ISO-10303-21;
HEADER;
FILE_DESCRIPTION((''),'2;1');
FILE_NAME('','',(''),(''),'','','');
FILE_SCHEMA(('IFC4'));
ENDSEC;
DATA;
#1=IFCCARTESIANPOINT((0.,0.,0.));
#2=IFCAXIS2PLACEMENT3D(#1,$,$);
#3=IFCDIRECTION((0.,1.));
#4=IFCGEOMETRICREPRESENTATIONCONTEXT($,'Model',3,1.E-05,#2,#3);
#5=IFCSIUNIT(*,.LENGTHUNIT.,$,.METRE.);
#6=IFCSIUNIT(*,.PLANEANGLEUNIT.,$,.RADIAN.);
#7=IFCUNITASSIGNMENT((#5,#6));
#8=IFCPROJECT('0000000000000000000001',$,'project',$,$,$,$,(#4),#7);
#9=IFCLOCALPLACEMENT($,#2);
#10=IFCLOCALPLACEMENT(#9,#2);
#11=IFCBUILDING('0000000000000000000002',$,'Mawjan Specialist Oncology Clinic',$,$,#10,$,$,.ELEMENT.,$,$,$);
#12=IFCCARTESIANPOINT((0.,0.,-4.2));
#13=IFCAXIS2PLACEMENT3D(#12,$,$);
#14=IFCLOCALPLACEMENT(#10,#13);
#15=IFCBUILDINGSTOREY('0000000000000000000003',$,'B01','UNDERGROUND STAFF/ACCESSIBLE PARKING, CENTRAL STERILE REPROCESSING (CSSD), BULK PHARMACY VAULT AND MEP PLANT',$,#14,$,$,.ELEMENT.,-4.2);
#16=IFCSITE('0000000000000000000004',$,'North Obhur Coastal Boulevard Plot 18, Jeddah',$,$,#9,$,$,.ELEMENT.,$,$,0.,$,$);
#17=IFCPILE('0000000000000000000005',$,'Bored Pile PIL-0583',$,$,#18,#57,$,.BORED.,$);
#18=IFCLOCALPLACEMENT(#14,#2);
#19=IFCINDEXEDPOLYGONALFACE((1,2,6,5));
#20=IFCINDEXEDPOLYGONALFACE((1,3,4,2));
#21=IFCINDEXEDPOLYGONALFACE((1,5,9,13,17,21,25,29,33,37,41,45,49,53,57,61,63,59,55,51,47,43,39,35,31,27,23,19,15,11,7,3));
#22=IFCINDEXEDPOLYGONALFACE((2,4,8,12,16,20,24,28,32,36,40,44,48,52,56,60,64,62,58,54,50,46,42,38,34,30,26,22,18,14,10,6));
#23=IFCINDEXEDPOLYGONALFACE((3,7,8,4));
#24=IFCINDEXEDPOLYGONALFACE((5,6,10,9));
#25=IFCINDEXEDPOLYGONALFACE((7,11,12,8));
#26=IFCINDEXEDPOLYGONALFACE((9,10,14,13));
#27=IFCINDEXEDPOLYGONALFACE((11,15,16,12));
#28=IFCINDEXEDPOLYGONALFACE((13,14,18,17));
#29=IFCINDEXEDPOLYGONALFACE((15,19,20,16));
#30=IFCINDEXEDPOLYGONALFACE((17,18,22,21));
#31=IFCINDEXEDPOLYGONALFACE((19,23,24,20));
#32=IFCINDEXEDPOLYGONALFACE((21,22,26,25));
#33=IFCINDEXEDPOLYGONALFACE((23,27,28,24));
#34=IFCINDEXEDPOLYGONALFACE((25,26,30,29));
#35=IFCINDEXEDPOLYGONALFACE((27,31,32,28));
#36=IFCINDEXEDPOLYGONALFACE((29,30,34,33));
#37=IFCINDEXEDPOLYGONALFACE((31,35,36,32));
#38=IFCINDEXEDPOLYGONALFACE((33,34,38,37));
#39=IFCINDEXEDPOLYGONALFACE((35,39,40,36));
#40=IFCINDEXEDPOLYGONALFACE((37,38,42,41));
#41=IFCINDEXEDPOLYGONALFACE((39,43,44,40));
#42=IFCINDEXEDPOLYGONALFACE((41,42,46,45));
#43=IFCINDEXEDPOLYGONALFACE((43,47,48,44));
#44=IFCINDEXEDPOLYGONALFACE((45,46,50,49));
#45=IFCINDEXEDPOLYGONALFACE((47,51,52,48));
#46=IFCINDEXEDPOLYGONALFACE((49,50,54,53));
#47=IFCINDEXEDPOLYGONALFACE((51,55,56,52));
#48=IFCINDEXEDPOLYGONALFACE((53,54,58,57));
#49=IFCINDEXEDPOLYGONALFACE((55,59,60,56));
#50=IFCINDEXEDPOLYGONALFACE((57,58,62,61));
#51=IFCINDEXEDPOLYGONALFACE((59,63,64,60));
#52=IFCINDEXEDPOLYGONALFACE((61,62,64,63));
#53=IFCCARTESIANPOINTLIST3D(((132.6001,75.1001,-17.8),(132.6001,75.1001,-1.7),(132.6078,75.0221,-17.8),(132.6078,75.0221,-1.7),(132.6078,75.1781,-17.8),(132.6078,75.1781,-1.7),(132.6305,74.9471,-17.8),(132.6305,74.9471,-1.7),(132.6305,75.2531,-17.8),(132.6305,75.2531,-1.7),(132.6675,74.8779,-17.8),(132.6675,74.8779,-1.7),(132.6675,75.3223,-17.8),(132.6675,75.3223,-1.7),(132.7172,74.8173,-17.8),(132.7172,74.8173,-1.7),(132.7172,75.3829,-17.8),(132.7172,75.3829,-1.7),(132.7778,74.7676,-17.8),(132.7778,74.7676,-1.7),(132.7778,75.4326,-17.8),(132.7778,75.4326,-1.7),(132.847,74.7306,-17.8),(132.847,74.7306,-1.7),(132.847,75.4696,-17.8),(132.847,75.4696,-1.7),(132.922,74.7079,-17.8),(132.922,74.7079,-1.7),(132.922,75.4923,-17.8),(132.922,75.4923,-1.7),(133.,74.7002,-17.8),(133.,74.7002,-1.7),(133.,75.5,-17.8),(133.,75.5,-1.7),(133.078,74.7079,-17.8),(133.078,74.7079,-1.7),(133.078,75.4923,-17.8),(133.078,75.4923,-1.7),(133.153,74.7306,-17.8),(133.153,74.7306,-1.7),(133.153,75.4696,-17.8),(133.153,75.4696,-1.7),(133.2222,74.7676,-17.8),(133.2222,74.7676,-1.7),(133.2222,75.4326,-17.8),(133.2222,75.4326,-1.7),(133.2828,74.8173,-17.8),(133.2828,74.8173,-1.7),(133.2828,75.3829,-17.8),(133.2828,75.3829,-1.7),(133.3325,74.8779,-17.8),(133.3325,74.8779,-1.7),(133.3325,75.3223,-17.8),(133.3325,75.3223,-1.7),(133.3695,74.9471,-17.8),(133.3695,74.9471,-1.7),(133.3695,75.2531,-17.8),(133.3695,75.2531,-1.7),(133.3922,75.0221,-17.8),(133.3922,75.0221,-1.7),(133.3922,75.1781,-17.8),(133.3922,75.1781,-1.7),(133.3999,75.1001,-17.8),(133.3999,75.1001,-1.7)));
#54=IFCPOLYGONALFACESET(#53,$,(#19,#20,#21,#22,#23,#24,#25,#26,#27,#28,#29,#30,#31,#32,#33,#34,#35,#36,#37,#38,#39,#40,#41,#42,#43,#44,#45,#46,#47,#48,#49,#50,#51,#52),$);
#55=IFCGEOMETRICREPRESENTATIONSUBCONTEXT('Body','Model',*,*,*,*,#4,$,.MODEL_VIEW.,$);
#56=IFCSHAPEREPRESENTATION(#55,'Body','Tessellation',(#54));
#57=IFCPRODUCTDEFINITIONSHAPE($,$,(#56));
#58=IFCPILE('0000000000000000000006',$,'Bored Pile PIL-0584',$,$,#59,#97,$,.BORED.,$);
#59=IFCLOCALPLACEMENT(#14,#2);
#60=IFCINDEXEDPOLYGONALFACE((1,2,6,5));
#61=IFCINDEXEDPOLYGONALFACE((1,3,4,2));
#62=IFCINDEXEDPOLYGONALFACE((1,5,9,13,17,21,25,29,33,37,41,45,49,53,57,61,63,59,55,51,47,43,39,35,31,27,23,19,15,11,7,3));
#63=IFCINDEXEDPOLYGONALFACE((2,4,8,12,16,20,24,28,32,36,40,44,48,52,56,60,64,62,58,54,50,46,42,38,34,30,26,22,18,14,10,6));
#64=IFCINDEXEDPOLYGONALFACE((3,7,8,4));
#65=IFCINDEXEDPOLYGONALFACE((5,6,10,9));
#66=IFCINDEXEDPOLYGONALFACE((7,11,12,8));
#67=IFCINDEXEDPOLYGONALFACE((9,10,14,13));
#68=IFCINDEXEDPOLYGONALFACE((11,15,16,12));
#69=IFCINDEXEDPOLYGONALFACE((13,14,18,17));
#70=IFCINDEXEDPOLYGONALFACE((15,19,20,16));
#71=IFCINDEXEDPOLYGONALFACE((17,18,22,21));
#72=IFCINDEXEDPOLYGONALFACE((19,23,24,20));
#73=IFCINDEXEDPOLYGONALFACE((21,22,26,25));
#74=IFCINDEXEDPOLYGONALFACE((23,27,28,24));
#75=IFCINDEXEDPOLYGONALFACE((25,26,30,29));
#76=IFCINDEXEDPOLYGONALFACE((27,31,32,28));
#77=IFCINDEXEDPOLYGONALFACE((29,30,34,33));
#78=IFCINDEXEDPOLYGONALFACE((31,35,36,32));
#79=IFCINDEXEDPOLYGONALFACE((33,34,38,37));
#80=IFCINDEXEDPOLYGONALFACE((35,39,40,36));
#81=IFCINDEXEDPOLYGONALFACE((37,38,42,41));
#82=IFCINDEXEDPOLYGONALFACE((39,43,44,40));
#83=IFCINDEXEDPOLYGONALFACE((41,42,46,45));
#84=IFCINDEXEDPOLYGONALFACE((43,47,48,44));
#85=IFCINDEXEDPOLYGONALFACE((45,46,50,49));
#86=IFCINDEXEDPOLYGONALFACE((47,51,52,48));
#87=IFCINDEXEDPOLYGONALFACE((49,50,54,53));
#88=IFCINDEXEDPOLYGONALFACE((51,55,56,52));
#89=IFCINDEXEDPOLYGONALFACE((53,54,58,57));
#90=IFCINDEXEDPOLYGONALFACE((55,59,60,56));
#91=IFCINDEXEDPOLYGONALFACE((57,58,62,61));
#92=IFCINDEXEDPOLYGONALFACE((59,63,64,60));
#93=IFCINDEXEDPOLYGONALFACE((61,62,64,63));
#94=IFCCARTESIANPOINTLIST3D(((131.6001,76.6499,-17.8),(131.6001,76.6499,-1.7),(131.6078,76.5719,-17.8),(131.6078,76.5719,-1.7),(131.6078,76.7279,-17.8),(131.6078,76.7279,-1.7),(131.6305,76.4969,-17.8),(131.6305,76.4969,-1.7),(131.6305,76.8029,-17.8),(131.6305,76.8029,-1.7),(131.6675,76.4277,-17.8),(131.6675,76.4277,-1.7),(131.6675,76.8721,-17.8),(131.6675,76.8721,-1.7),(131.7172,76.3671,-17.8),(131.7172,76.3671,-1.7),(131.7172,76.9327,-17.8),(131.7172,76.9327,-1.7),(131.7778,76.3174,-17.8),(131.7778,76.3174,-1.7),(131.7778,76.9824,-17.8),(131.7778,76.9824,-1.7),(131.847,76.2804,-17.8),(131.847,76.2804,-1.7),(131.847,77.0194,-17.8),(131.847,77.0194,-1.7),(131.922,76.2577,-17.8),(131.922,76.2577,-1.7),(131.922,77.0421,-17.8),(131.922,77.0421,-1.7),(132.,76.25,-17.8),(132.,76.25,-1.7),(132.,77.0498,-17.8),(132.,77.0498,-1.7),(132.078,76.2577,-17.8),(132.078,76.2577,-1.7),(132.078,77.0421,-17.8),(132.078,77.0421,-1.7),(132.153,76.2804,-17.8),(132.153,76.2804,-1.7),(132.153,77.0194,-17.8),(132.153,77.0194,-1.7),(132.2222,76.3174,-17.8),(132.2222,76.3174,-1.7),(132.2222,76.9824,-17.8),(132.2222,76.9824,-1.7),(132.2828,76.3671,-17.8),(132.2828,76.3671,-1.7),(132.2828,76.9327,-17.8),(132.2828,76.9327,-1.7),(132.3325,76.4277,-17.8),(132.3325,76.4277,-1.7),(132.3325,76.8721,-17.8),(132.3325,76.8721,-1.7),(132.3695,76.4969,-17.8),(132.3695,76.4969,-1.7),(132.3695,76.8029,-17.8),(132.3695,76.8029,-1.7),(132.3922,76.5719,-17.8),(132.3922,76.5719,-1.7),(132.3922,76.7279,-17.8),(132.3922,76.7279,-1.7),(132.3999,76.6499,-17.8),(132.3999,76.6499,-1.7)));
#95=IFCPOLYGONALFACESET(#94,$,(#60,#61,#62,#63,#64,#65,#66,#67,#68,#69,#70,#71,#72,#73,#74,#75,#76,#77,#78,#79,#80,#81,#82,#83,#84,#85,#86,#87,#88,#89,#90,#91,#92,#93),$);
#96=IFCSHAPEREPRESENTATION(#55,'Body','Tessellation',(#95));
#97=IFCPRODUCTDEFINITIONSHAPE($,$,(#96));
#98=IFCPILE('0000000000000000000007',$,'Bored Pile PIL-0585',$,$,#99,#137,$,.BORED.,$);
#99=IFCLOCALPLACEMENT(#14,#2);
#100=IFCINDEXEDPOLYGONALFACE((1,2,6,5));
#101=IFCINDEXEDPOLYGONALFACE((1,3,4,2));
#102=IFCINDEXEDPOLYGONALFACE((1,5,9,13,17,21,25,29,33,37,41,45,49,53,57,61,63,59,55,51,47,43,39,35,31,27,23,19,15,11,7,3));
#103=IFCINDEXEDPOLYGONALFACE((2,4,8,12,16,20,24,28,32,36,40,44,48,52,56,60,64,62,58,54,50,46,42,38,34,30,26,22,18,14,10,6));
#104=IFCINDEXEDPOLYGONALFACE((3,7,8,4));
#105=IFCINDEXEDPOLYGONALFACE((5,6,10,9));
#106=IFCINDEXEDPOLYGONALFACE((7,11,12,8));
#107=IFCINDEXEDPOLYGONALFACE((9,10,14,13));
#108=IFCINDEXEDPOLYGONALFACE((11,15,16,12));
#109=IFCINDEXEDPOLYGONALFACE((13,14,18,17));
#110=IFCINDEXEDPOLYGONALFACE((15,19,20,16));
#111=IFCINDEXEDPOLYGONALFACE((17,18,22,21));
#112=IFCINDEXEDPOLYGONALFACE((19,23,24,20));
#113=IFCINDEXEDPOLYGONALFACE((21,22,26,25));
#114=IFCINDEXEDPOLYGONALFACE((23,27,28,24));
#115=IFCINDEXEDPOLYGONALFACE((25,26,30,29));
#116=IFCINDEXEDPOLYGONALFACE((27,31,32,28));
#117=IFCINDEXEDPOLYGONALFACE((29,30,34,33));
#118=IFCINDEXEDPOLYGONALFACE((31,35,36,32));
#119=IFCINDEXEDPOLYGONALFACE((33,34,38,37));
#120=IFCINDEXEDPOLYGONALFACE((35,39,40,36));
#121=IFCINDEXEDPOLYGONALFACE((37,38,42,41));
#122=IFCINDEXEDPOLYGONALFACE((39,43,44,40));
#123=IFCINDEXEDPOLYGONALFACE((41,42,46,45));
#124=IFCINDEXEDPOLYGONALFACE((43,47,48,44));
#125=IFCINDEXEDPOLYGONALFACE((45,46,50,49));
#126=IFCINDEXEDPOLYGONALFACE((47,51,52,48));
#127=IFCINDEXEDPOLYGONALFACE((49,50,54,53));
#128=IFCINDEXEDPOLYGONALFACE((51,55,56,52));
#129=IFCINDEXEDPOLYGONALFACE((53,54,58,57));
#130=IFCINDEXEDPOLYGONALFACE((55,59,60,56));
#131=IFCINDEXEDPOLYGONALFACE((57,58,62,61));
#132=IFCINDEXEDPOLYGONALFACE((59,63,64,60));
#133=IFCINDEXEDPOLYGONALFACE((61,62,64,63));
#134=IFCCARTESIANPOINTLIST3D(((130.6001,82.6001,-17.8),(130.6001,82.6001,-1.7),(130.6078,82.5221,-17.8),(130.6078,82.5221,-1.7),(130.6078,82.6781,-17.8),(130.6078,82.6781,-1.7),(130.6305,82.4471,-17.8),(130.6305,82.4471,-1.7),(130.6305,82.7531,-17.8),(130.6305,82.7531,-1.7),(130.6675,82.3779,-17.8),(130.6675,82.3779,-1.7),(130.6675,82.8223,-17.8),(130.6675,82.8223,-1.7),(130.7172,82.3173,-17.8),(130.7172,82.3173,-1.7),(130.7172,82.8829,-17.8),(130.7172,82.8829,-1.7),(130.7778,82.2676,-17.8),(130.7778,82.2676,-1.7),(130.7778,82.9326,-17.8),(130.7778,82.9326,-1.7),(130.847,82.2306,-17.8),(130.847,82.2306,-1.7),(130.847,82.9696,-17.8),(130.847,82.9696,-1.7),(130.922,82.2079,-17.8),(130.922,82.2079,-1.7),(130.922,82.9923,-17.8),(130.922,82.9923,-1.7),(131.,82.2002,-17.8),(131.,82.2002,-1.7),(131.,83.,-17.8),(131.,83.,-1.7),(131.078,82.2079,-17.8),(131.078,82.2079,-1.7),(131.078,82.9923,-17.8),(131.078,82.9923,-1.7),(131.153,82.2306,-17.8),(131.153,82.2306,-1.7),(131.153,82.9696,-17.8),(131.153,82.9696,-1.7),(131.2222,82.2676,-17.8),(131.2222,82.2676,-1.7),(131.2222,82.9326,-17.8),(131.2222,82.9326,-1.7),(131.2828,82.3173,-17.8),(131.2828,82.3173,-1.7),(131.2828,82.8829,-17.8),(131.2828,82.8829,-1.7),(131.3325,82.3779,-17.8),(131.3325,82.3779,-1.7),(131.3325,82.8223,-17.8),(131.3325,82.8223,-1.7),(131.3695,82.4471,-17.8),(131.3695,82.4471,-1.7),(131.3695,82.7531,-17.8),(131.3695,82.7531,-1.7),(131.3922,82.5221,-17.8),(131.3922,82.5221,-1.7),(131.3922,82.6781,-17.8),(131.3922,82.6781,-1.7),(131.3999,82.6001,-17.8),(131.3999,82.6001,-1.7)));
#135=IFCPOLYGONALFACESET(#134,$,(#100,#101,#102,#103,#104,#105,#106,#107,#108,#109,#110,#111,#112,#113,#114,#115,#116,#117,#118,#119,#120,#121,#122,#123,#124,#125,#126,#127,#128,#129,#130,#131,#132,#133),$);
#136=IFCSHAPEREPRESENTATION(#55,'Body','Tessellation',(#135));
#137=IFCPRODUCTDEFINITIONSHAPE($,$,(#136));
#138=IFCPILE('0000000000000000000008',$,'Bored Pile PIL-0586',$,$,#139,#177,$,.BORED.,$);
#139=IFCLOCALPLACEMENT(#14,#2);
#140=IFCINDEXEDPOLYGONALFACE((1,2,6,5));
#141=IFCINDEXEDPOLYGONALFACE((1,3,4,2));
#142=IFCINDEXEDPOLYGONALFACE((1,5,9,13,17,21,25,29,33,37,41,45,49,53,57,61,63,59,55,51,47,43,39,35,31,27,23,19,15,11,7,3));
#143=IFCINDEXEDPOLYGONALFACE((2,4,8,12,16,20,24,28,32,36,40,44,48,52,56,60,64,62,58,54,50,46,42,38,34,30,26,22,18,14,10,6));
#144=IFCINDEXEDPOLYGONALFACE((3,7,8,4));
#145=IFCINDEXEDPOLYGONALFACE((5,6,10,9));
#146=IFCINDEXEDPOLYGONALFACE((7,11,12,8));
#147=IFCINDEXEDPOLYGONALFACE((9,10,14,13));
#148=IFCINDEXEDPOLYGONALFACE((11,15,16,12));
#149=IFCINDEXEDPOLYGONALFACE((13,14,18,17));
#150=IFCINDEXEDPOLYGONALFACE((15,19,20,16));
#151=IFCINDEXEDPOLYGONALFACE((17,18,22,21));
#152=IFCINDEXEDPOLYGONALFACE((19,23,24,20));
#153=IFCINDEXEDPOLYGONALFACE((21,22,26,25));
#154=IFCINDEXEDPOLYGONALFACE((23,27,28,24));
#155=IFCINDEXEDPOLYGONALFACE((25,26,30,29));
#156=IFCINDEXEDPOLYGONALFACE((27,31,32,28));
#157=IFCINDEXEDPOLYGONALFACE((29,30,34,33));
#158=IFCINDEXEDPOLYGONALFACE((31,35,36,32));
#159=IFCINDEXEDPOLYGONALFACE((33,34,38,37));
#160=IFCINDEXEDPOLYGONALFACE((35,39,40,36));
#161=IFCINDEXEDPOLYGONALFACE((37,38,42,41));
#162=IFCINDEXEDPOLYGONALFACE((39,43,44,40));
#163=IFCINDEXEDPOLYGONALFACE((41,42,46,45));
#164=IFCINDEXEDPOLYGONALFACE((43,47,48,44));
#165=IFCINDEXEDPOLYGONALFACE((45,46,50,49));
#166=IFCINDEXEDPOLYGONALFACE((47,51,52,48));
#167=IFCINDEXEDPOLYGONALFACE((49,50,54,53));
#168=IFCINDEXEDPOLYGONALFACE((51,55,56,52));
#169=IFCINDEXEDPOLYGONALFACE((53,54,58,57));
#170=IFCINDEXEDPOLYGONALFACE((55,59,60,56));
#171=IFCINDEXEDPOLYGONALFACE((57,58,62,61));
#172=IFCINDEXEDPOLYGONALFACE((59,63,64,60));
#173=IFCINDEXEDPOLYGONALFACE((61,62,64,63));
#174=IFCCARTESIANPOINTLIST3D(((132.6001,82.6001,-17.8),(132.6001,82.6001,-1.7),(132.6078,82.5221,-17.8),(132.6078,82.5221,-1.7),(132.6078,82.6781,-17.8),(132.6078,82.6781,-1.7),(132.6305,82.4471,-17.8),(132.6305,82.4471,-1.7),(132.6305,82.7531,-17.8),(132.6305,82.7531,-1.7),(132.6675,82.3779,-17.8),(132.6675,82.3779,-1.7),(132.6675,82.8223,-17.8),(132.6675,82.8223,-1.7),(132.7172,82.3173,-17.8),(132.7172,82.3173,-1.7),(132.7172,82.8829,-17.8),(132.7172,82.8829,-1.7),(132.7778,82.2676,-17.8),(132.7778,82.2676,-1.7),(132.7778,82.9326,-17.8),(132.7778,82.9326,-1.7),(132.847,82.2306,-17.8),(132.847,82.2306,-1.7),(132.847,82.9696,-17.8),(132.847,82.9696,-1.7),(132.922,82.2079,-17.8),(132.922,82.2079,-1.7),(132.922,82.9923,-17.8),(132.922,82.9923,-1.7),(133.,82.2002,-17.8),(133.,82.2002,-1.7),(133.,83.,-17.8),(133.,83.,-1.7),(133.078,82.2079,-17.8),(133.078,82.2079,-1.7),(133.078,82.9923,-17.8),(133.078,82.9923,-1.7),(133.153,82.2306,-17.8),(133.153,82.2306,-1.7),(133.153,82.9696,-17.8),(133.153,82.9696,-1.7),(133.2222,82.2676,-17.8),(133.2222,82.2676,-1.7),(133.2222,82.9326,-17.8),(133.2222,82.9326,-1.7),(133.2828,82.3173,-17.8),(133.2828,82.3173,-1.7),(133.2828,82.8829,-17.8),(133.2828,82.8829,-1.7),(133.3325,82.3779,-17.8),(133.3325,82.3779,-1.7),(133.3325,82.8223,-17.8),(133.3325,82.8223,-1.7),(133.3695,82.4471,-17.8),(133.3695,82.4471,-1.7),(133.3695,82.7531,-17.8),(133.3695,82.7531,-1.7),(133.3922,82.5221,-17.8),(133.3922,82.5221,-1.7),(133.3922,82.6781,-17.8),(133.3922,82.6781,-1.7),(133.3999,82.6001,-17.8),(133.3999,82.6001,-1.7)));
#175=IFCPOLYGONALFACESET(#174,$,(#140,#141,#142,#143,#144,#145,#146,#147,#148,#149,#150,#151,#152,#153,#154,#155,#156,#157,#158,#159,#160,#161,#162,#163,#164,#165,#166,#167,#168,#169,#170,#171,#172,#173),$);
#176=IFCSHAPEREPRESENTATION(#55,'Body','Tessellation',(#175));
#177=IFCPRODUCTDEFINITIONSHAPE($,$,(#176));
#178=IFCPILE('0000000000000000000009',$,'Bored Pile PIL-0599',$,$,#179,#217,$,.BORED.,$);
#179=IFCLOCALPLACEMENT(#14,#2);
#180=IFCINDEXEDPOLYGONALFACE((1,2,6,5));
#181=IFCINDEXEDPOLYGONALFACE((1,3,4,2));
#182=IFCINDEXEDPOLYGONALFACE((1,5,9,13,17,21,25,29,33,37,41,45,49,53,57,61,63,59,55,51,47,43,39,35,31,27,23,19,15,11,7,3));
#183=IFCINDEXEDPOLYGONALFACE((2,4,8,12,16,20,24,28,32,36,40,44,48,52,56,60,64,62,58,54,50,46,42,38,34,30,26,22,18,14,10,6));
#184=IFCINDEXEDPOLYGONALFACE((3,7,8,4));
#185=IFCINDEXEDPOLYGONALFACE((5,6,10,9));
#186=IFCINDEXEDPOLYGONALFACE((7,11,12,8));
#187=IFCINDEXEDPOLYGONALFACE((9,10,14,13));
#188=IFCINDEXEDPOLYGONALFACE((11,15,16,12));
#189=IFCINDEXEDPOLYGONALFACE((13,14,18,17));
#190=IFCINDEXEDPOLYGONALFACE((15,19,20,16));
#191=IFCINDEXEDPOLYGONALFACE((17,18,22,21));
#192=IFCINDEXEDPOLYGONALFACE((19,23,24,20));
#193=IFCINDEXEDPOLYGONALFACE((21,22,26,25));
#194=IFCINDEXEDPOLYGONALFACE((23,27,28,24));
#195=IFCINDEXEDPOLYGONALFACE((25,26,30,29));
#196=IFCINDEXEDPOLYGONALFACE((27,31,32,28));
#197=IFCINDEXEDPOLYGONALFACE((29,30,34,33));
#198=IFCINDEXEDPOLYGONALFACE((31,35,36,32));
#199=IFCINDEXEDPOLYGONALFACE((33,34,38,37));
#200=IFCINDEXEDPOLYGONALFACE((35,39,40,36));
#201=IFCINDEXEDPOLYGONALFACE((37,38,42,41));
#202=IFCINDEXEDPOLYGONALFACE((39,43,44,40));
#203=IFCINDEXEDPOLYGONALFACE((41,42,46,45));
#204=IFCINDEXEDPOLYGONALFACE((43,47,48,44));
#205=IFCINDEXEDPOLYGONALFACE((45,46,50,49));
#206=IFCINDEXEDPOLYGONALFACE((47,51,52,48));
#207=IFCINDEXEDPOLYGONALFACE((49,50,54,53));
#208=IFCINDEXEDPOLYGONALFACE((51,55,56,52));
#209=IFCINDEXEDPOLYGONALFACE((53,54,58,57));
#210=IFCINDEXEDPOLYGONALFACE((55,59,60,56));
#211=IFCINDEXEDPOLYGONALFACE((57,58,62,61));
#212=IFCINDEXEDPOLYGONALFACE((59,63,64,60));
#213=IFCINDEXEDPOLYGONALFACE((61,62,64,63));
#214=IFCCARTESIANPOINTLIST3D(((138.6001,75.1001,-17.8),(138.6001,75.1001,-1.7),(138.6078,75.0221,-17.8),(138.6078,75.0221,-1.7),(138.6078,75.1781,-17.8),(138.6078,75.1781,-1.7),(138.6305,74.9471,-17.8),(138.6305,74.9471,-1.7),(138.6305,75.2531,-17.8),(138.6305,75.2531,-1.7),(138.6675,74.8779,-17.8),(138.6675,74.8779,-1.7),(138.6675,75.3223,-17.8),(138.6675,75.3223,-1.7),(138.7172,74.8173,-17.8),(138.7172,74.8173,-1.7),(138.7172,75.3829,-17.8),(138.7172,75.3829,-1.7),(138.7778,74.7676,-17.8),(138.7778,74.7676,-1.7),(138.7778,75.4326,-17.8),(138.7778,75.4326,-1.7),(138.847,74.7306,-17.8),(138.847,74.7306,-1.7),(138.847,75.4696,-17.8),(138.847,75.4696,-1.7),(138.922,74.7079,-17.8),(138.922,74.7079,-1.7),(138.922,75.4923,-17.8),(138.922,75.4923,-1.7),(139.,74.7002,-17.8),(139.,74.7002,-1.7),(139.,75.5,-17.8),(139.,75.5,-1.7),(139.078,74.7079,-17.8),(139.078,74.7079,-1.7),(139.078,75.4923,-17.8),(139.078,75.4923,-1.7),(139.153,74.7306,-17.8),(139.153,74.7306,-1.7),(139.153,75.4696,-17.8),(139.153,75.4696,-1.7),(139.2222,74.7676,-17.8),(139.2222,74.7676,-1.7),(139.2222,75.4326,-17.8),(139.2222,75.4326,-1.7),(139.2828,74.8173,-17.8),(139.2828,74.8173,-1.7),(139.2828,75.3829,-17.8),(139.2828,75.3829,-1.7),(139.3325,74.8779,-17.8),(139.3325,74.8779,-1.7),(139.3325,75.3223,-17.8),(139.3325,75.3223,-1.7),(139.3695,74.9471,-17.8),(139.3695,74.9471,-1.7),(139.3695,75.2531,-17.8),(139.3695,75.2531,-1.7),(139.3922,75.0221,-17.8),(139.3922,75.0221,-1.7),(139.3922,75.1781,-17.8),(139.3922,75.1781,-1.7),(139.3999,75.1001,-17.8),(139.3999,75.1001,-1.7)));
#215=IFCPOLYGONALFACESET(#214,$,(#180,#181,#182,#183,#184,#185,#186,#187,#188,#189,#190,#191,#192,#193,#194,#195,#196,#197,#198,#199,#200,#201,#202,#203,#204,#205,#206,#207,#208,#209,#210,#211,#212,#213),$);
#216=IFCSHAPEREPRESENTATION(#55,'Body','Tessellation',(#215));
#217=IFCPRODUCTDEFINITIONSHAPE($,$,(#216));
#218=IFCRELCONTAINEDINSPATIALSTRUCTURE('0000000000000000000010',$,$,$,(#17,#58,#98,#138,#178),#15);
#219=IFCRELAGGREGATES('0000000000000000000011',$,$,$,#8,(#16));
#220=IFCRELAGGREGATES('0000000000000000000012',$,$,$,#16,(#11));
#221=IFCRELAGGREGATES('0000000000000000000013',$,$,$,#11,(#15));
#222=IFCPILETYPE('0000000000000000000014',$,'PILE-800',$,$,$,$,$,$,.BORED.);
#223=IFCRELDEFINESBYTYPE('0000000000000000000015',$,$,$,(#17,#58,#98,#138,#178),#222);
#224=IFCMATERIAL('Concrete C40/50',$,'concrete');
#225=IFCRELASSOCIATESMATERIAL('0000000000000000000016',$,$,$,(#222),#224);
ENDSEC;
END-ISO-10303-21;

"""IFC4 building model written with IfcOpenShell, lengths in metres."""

from ifc_helpers import new_model, si_unit, direction, frame, origin, origin_2d, place, context, subcontext, project, spatial, circle, extrude, material, material_profile, profile_set, type_object, element, save


model = new_model("IFC4")

# Units and contexts
model_context = context("Model", 3, precision=1e-05, world=origin(), true_north=direction((0.0, 1.0)))
body_context = subcontext(model_context, "Body", "Model", "MODEL_VIEW")
ifc_project = project(units=[si_unit("LENGTHUNIT", "METRE"), si_unit("PLANEANGLEUNIT", "RADIAN")], contexts=[model_context])

# Site, building, storey
site_placement = place(None, origin())
site = spatial("IfcSite", under=ifc_project, at=site_placement, Name="North Obhur Coastal Boulevard Plot 18, Jeddah", CompositionType="ELEMENT", RefElevation=0.0)
building_placement = place(site_placement, origin())
building = spatial("IfcBuilding", under=site, at=building_placement, Name="Mawjan Specialist Oncology Clinic", CompositionType="ELEMENT")
storey_placement = place(building_placement, frame((0.0, 0.0, -4.2)))
storey = spatial("IfcBuildingStorey", under=building, at=storey_placement, Name="B01", Description="UNDERGROUND STAFF/ACCESSIBLE PARKING, CENTRAL STERILE REPROCESSING (CSSD), BULK PHARMACY VAULT AND MEP PLANT", CompositionType="ELEMENT", Elevation=-4.2)

# Piles
ifc_material_1 = material(Name="Concrete C40/50", Category="concrete")
ifc_material_profile_1 = material_profile(ifc_material_1, circle(Radius=0.3999, at=origin_2d()), Name="BORED PILE D800", Category="concrete")
ifc_profile_set_1 = profile_set([ifc_material_profile_1], Name="Concrete C40/50")
pile_type = type_object("IfcPileType", Name="PILE-800", PredefinedType="BORED", material=ifc_profile_set_1)
for number, where, z_axis, x_axis, name in (
    (1, (133.0, 75.1001, -1.7), (0.0, 0.0, -1.0), (1.0, 0.0, 0.0), "Bored Pile PIL-0583"),
    (2, (132.0, 76.6499, -1.7), (0.0, 0.0, -1.0), (1.0, 0.0, 0.0), "Bored Pile PIL-0584"),
    (3, (131.0, 82.6001, -1.7), (0.0, 0.0, -1.0), (1.0, 0.0, 0.0), "Bored Pile PIL-0585"),
    (4, (133.0, 82.6001, -1.7), (0.0, 0.0, -1.0), (1.0, 0.0, 0.0), "Bored Pile PIL-0586"),
    (5, (139.0, 75.1001, -1.7), (0.0, 0.0, -1.0), (1.0, 0.0, 0.0), "Bored Pile PIL-0599"),
):
    element("IfcPile", number, at=place(storey_placement, frame(where, z_axis=z_axis, x_axis=x_axis)), inside=storey, type_object=pile_type, Name=name, PredefinedType="BORED", context=body_context, shape_type="SweptSolid", body=[
        extrude(circle(Radius=0.3999, at=origin_2d()), origin(), (0.0, 0.0, 1.0), 16.1001),
    ])

save(model, "model.ifc")
